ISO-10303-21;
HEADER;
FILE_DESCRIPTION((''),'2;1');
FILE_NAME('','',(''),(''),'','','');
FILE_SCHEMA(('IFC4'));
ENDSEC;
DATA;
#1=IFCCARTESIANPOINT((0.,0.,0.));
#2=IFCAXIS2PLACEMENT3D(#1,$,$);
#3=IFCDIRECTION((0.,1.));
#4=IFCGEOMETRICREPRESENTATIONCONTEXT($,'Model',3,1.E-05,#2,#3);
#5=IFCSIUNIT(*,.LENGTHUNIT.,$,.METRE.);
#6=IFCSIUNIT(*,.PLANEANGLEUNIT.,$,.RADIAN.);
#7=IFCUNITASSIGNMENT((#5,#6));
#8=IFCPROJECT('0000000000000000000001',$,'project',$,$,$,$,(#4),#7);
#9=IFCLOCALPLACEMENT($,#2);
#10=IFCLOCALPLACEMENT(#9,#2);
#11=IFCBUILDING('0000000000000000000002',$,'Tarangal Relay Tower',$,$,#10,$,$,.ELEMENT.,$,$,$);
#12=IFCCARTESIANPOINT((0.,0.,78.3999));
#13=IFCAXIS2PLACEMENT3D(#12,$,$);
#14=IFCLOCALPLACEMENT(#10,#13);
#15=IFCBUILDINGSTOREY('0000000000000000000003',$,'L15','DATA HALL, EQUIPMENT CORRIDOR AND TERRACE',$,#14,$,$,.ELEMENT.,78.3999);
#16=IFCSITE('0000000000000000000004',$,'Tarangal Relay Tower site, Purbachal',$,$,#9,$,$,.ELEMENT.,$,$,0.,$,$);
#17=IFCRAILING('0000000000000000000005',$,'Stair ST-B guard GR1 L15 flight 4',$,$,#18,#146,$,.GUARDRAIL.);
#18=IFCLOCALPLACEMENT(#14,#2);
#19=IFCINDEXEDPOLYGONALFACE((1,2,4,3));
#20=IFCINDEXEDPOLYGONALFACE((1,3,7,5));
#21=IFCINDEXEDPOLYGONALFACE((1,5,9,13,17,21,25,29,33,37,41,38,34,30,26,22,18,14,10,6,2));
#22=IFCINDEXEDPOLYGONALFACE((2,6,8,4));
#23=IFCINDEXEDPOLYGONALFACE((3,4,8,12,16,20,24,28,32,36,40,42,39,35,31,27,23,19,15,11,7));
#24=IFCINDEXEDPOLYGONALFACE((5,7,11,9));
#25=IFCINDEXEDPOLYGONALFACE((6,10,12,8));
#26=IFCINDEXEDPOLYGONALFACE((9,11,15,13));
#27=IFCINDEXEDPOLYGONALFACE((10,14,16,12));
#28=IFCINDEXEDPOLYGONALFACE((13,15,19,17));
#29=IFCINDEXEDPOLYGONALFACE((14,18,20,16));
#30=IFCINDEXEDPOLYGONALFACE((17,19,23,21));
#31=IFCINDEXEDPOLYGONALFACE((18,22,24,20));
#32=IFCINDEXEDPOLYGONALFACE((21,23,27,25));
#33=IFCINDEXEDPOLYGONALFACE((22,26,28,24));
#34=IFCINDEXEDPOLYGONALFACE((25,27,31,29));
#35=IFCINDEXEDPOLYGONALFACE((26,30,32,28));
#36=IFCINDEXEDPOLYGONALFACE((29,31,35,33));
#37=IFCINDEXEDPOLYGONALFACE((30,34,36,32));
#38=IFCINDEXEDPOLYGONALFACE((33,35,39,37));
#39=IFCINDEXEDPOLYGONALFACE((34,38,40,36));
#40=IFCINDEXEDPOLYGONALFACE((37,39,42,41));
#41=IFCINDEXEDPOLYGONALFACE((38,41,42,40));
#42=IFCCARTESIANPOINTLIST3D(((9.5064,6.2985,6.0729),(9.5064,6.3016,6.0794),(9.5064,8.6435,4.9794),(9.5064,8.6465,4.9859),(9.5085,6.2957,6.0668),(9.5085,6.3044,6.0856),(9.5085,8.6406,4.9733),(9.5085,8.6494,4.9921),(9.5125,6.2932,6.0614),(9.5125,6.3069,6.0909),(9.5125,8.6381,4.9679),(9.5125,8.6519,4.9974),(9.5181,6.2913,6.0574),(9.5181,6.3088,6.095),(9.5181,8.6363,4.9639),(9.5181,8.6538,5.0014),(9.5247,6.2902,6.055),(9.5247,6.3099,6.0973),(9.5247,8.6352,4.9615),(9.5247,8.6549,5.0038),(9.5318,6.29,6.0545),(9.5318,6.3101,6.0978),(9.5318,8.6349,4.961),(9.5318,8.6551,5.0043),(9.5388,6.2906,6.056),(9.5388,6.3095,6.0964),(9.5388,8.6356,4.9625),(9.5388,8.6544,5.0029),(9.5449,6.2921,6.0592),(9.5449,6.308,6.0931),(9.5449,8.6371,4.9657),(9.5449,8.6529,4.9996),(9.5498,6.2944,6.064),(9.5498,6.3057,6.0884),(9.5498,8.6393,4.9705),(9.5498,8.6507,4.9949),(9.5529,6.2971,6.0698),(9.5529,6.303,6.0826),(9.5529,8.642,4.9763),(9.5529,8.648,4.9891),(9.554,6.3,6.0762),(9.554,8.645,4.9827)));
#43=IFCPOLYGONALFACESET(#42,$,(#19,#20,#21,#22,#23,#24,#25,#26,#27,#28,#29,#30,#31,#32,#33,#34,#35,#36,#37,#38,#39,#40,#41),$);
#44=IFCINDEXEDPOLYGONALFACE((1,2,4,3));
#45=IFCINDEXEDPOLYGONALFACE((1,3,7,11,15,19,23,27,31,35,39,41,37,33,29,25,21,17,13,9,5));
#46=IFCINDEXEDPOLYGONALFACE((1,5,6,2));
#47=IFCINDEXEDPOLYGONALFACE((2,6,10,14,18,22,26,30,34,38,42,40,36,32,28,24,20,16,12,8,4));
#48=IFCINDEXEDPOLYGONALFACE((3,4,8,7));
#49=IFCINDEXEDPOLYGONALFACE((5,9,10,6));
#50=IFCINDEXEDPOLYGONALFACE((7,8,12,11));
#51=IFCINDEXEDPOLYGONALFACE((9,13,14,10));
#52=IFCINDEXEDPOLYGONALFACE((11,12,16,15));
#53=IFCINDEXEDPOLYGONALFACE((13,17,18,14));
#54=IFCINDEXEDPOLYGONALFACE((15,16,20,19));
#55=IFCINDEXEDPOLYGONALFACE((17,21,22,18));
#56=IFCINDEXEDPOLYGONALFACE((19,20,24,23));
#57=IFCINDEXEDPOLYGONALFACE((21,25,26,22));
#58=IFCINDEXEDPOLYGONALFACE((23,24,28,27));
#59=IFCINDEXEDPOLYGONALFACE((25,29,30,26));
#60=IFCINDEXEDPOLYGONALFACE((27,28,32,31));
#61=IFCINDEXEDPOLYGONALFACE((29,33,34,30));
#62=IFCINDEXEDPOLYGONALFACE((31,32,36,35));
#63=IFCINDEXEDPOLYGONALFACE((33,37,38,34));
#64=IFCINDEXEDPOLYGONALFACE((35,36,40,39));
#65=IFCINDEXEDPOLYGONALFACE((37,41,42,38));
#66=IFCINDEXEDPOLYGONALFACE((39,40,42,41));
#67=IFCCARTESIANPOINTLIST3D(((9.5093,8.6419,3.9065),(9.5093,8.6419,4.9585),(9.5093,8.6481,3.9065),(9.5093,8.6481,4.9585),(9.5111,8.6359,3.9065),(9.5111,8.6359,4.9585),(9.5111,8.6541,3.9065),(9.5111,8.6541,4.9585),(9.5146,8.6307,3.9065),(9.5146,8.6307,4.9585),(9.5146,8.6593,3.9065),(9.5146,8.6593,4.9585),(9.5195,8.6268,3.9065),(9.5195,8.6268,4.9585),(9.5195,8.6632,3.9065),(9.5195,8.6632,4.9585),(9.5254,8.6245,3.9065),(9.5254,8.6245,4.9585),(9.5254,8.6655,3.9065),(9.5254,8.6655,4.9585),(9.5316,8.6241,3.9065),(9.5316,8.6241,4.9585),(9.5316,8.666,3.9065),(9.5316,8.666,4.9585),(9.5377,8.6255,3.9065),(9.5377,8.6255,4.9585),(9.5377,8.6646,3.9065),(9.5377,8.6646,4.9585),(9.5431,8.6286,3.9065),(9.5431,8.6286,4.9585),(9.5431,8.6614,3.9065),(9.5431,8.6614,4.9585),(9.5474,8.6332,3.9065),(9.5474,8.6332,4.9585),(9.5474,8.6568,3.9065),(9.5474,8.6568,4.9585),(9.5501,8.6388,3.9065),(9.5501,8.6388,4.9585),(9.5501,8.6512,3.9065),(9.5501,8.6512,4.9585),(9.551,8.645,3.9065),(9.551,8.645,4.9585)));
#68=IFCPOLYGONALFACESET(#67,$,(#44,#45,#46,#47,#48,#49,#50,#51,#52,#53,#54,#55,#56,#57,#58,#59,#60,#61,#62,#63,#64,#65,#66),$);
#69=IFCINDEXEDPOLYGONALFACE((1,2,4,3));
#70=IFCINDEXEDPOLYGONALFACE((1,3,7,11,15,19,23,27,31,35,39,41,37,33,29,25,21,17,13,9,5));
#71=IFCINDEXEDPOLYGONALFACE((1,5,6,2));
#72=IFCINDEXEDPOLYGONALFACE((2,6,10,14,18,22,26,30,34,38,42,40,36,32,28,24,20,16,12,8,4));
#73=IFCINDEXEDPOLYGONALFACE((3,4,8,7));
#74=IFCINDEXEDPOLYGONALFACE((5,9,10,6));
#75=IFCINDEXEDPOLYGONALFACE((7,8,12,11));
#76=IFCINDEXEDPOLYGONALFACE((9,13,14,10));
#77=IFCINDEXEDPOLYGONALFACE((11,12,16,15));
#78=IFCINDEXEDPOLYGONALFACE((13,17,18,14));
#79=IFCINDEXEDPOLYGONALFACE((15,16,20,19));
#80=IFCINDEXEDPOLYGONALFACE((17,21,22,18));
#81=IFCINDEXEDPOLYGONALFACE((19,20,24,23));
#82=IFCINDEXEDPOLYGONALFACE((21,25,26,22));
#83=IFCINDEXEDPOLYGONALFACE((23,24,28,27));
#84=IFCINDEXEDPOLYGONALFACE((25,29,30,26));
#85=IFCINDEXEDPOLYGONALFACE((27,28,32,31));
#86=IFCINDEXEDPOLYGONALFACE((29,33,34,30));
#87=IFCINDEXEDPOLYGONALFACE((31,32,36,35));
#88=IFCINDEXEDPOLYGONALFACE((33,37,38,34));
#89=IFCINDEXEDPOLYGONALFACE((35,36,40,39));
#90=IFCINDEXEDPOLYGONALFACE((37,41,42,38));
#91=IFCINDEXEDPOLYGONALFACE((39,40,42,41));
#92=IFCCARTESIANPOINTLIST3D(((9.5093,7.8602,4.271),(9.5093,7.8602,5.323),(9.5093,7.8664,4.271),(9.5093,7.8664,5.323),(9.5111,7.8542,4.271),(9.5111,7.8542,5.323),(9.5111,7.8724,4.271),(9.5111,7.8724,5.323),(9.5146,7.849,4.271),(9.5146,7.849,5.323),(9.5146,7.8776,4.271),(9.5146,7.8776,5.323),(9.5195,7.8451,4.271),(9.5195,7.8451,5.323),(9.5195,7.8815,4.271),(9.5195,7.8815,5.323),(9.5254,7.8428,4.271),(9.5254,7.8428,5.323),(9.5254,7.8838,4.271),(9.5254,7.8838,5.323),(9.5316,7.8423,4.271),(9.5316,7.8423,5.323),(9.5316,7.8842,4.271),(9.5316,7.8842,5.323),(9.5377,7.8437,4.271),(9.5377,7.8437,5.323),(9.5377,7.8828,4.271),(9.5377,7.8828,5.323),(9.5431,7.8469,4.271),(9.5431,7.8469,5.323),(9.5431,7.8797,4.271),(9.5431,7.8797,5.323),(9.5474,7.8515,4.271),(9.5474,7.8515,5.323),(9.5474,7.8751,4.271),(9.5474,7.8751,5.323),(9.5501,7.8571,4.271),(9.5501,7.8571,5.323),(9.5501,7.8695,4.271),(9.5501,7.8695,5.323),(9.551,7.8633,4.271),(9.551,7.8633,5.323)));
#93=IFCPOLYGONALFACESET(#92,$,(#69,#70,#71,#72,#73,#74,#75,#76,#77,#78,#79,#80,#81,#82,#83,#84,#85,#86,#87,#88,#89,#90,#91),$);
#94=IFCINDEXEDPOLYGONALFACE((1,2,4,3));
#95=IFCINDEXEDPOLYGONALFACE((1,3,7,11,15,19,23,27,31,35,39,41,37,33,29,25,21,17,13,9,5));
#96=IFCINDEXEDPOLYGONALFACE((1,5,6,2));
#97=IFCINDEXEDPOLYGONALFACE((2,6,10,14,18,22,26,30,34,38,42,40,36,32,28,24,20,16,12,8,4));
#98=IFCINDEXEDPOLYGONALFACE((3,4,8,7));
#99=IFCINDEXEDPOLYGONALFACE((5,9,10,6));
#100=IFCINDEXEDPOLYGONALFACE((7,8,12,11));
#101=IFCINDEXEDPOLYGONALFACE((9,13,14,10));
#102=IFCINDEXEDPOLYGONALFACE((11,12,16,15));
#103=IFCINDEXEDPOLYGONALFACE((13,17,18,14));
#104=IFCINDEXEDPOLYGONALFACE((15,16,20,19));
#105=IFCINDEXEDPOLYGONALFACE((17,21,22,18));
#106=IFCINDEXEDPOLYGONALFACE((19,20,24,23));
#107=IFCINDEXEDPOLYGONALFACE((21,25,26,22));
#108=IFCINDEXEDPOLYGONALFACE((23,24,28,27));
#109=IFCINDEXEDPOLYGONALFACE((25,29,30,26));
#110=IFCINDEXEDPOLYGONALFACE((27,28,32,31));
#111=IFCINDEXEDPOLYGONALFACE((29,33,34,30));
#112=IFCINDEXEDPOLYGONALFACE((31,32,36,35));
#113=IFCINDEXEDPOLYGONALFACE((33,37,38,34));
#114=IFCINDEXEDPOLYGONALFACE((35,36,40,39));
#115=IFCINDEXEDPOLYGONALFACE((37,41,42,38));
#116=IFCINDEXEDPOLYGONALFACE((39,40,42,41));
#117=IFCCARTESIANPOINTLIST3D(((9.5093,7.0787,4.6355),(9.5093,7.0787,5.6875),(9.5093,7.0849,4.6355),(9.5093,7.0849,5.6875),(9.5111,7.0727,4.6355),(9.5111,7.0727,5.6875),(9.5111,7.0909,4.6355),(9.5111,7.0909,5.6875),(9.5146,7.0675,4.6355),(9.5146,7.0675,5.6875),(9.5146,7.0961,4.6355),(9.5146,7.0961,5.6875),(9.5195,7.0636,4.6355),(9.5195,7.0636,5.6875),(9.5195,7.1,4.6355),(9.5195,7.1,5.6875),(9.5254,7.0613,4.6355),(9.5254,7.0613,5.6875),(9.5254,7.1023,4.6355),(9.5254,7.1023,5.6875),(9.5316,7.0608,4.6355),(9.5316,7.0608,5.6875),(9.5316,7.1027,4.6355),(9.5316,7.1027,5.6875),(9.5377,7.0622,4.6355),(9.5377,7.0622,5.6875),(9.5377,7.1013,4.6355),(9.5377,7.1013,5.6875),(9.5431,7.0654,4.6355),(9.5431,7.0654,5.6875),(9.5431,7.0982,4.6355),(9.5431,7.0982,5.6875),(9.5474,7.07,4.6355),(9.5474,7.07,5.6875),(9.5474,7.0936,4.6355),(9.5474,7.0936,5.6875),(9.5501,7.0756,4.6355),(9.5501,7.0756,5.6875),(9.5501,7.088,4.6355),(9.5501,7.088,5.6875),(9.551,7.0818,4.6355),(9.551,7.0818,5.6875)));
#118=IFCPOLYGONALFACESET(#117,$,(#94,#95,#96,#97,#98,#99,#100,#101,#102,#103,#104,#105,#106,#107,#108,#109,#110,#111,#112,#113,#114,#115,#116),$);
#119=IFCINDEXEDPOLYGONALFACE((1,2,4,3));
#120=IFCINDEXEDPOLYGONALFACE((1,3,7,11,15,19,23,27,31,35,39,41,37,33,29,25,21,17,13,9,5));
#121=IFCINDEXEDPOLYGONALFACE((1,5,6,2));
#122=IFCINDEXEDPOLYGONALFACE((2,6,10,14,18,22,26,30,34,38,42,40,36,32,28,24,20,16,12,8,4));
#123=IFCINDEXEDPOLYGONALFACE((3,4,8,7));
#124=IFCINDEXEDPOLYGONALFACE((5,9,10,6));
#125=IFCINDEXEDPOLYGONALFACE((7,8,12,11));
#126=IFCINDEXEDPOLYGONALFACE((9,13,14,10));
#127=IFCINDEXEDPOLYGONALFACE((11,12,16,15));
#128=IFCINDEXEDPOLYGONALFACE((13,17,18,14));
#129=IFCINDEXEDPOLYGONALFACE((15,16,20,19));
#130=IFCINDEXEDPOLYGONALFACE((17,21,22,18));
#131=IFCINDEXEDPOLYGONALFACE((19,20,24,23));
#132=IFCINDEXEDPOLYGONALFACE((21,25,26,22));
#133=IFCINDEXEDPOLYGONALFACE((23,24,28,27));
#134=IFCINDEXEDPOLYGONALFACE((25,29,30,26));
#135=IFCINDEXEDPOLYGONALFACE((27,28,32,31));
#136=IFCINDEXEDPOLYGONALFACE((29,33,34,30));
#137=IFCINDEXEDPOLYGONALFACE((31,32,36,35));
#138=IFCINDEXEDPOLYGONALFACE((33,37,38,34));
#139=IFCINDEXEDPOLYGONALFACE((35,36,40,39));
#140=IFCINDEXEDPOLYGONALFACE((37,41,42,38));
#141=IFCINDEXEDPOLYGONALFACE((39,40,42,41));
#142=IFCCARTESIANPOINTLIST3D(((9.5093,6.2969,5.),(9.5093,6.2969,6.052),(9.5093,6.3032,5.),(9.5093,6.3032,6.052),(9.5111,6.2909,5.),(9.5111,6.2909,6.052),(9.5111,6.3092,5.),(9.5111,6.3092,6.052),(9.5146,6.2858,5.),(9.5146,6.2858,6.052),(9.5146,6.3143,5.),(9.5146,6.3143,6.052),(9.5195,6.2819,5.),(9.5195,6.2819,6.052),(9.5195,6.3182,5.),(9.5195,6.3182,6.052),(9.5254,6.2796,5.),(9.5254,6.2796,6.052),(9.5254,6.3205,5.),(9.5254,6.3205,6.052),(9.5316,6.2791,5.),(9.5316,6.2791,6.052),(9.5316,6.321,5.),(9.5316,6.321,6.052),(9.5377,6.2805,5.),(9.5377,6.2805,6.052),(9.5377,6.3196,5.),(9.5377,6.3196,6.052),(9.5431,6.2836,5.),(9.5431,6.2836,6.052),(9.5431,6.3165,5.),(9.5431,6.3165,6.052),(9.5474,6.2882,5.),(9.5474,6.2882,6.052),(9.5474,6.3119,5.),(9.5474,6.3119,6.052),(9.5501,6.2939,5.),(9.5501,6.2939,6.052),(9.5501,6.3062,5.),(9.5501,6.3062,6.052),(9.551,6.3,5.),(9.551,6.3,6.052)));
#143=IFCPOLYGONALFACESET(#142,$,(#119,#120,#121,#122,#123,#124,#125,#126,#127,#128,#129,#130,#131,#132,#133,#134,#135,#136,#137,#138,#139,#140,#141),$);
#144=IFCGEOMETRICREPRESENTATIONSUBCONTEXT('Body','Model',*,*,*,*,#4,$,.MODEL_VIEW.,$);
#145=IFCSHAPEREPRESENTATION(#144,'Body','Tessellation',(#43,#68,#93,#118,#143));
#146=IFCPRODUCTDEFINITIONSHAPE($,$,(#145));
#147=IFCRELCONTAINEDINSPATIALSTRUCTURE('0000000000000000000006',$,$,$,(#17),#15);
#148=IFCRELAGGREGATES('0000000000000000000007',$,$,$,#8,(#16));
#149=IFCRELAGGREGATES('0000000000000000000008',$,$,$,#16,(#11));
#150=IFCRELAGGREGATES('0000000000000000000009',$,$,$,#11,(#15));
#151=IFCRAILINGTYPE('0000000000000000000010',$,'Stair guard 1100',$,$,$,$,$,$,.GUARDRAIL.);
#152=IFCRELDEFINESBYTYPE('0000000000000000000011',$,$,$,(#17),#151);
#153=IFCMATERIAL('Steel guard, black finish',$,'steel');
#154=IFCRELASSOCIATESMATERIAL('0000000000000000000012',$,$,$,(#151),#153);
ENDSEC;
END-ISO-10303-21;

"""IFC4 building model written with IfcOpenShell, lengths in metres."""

from ifc_helpers import new_model, si_unit, direction, frame, origin, origin_2d, place, context, subcontext, project, spatial, circle, extrude, material, type_object, element, save


model = new_model("IFC4")

# Units and contexts
model_context = context("Model", 3, precision=1e-05, world=origin(), true_north=direction((0.0, 1.0)))
body_context = subcontext(model_context, "Body", "Model", "MODEL_VIEW")
ifc_project = project(units=[si_unit("LENGTHUNIT", "METRE"), si_unit("PLANEANGLEUNIT", "RADIAN")], contexts=[model_context])

# Site, building, storey
site_placement = place(None, origin())
site = spatial("IfcSite", under=ifc_project, at=site_placement, Name="Tarangal Relay Tower site, Purbachal", CompositionType="ELEMENT", RefElevation=0.0)
building_placement = place(site_placement, origin())
building = spatial("IfcBuilding", under=site, at=building_placement, Name="Tarangal Relay Tower", CompositionType="ELEMENT")
storey_placement = place(building_placement, frame((0.0, 0.0, 78.3999)))
storey = spatial("IfcBuildingStorey", under=building, at=storey_placement, Name="L15", Description="DATA HALL, EQUIPMENT CORRIDOR AND TERRACE", CompositionType="ELEMENT", Elevation=78.3999)

# Railing
ifc_material_1 = material(Name="Steel guard, black finish", Category="steel")
railing_type_1 = type_object("IfcRailingType", Name="Stair guard 1100", PredefinedType="GUARDRAIL", material=ifc_material_1)
railing_1_placement = place(storey_placement, frame((9.53, 8.645, 3.9065)))
element("IfcRailing", 1, at=railing_1_placement, inside=storey, type_object=railing_type_1, Name="Stair ST-B guard GR1 L15 flight 4", PredefinedType="GUARDRAIL", context=body_context, shape_type="SweptSolid", body=[
    extrude(circle(Radius=0.0239, at=origin_2d()), frame((0.0, 0.0, 1.0762), z_axis=(0.0, -0.906304, 0.422627), x_axis=(1.0, 0.0, 0.0)), (0.0, 0.0, 1.0), 2.5874),
    extrude(circle(Radius=0.021, at=origin_2d()), origin(), (0.0, 0.0, 1.0), 1.052),
    extrude(circle(Radius=0.021, at=origin_2d()), frame((0.0, -0.7817, 0.3645)), (0.0, 0.0, 1.0), 1.052),
    extrude(circle(Radius=0.021, at=origin_2d()), frame((0.0, -1.5632, 0.729)), (0.0, 0.0, 1.0), 1.052),
    extrude(circle(Radius=0.021, at=origin_2d()), frame((0.0, -2.345, 1.0935)), (0.0, 0.0, 1.0), 1.052),
])

save(model, "model.ifc")
